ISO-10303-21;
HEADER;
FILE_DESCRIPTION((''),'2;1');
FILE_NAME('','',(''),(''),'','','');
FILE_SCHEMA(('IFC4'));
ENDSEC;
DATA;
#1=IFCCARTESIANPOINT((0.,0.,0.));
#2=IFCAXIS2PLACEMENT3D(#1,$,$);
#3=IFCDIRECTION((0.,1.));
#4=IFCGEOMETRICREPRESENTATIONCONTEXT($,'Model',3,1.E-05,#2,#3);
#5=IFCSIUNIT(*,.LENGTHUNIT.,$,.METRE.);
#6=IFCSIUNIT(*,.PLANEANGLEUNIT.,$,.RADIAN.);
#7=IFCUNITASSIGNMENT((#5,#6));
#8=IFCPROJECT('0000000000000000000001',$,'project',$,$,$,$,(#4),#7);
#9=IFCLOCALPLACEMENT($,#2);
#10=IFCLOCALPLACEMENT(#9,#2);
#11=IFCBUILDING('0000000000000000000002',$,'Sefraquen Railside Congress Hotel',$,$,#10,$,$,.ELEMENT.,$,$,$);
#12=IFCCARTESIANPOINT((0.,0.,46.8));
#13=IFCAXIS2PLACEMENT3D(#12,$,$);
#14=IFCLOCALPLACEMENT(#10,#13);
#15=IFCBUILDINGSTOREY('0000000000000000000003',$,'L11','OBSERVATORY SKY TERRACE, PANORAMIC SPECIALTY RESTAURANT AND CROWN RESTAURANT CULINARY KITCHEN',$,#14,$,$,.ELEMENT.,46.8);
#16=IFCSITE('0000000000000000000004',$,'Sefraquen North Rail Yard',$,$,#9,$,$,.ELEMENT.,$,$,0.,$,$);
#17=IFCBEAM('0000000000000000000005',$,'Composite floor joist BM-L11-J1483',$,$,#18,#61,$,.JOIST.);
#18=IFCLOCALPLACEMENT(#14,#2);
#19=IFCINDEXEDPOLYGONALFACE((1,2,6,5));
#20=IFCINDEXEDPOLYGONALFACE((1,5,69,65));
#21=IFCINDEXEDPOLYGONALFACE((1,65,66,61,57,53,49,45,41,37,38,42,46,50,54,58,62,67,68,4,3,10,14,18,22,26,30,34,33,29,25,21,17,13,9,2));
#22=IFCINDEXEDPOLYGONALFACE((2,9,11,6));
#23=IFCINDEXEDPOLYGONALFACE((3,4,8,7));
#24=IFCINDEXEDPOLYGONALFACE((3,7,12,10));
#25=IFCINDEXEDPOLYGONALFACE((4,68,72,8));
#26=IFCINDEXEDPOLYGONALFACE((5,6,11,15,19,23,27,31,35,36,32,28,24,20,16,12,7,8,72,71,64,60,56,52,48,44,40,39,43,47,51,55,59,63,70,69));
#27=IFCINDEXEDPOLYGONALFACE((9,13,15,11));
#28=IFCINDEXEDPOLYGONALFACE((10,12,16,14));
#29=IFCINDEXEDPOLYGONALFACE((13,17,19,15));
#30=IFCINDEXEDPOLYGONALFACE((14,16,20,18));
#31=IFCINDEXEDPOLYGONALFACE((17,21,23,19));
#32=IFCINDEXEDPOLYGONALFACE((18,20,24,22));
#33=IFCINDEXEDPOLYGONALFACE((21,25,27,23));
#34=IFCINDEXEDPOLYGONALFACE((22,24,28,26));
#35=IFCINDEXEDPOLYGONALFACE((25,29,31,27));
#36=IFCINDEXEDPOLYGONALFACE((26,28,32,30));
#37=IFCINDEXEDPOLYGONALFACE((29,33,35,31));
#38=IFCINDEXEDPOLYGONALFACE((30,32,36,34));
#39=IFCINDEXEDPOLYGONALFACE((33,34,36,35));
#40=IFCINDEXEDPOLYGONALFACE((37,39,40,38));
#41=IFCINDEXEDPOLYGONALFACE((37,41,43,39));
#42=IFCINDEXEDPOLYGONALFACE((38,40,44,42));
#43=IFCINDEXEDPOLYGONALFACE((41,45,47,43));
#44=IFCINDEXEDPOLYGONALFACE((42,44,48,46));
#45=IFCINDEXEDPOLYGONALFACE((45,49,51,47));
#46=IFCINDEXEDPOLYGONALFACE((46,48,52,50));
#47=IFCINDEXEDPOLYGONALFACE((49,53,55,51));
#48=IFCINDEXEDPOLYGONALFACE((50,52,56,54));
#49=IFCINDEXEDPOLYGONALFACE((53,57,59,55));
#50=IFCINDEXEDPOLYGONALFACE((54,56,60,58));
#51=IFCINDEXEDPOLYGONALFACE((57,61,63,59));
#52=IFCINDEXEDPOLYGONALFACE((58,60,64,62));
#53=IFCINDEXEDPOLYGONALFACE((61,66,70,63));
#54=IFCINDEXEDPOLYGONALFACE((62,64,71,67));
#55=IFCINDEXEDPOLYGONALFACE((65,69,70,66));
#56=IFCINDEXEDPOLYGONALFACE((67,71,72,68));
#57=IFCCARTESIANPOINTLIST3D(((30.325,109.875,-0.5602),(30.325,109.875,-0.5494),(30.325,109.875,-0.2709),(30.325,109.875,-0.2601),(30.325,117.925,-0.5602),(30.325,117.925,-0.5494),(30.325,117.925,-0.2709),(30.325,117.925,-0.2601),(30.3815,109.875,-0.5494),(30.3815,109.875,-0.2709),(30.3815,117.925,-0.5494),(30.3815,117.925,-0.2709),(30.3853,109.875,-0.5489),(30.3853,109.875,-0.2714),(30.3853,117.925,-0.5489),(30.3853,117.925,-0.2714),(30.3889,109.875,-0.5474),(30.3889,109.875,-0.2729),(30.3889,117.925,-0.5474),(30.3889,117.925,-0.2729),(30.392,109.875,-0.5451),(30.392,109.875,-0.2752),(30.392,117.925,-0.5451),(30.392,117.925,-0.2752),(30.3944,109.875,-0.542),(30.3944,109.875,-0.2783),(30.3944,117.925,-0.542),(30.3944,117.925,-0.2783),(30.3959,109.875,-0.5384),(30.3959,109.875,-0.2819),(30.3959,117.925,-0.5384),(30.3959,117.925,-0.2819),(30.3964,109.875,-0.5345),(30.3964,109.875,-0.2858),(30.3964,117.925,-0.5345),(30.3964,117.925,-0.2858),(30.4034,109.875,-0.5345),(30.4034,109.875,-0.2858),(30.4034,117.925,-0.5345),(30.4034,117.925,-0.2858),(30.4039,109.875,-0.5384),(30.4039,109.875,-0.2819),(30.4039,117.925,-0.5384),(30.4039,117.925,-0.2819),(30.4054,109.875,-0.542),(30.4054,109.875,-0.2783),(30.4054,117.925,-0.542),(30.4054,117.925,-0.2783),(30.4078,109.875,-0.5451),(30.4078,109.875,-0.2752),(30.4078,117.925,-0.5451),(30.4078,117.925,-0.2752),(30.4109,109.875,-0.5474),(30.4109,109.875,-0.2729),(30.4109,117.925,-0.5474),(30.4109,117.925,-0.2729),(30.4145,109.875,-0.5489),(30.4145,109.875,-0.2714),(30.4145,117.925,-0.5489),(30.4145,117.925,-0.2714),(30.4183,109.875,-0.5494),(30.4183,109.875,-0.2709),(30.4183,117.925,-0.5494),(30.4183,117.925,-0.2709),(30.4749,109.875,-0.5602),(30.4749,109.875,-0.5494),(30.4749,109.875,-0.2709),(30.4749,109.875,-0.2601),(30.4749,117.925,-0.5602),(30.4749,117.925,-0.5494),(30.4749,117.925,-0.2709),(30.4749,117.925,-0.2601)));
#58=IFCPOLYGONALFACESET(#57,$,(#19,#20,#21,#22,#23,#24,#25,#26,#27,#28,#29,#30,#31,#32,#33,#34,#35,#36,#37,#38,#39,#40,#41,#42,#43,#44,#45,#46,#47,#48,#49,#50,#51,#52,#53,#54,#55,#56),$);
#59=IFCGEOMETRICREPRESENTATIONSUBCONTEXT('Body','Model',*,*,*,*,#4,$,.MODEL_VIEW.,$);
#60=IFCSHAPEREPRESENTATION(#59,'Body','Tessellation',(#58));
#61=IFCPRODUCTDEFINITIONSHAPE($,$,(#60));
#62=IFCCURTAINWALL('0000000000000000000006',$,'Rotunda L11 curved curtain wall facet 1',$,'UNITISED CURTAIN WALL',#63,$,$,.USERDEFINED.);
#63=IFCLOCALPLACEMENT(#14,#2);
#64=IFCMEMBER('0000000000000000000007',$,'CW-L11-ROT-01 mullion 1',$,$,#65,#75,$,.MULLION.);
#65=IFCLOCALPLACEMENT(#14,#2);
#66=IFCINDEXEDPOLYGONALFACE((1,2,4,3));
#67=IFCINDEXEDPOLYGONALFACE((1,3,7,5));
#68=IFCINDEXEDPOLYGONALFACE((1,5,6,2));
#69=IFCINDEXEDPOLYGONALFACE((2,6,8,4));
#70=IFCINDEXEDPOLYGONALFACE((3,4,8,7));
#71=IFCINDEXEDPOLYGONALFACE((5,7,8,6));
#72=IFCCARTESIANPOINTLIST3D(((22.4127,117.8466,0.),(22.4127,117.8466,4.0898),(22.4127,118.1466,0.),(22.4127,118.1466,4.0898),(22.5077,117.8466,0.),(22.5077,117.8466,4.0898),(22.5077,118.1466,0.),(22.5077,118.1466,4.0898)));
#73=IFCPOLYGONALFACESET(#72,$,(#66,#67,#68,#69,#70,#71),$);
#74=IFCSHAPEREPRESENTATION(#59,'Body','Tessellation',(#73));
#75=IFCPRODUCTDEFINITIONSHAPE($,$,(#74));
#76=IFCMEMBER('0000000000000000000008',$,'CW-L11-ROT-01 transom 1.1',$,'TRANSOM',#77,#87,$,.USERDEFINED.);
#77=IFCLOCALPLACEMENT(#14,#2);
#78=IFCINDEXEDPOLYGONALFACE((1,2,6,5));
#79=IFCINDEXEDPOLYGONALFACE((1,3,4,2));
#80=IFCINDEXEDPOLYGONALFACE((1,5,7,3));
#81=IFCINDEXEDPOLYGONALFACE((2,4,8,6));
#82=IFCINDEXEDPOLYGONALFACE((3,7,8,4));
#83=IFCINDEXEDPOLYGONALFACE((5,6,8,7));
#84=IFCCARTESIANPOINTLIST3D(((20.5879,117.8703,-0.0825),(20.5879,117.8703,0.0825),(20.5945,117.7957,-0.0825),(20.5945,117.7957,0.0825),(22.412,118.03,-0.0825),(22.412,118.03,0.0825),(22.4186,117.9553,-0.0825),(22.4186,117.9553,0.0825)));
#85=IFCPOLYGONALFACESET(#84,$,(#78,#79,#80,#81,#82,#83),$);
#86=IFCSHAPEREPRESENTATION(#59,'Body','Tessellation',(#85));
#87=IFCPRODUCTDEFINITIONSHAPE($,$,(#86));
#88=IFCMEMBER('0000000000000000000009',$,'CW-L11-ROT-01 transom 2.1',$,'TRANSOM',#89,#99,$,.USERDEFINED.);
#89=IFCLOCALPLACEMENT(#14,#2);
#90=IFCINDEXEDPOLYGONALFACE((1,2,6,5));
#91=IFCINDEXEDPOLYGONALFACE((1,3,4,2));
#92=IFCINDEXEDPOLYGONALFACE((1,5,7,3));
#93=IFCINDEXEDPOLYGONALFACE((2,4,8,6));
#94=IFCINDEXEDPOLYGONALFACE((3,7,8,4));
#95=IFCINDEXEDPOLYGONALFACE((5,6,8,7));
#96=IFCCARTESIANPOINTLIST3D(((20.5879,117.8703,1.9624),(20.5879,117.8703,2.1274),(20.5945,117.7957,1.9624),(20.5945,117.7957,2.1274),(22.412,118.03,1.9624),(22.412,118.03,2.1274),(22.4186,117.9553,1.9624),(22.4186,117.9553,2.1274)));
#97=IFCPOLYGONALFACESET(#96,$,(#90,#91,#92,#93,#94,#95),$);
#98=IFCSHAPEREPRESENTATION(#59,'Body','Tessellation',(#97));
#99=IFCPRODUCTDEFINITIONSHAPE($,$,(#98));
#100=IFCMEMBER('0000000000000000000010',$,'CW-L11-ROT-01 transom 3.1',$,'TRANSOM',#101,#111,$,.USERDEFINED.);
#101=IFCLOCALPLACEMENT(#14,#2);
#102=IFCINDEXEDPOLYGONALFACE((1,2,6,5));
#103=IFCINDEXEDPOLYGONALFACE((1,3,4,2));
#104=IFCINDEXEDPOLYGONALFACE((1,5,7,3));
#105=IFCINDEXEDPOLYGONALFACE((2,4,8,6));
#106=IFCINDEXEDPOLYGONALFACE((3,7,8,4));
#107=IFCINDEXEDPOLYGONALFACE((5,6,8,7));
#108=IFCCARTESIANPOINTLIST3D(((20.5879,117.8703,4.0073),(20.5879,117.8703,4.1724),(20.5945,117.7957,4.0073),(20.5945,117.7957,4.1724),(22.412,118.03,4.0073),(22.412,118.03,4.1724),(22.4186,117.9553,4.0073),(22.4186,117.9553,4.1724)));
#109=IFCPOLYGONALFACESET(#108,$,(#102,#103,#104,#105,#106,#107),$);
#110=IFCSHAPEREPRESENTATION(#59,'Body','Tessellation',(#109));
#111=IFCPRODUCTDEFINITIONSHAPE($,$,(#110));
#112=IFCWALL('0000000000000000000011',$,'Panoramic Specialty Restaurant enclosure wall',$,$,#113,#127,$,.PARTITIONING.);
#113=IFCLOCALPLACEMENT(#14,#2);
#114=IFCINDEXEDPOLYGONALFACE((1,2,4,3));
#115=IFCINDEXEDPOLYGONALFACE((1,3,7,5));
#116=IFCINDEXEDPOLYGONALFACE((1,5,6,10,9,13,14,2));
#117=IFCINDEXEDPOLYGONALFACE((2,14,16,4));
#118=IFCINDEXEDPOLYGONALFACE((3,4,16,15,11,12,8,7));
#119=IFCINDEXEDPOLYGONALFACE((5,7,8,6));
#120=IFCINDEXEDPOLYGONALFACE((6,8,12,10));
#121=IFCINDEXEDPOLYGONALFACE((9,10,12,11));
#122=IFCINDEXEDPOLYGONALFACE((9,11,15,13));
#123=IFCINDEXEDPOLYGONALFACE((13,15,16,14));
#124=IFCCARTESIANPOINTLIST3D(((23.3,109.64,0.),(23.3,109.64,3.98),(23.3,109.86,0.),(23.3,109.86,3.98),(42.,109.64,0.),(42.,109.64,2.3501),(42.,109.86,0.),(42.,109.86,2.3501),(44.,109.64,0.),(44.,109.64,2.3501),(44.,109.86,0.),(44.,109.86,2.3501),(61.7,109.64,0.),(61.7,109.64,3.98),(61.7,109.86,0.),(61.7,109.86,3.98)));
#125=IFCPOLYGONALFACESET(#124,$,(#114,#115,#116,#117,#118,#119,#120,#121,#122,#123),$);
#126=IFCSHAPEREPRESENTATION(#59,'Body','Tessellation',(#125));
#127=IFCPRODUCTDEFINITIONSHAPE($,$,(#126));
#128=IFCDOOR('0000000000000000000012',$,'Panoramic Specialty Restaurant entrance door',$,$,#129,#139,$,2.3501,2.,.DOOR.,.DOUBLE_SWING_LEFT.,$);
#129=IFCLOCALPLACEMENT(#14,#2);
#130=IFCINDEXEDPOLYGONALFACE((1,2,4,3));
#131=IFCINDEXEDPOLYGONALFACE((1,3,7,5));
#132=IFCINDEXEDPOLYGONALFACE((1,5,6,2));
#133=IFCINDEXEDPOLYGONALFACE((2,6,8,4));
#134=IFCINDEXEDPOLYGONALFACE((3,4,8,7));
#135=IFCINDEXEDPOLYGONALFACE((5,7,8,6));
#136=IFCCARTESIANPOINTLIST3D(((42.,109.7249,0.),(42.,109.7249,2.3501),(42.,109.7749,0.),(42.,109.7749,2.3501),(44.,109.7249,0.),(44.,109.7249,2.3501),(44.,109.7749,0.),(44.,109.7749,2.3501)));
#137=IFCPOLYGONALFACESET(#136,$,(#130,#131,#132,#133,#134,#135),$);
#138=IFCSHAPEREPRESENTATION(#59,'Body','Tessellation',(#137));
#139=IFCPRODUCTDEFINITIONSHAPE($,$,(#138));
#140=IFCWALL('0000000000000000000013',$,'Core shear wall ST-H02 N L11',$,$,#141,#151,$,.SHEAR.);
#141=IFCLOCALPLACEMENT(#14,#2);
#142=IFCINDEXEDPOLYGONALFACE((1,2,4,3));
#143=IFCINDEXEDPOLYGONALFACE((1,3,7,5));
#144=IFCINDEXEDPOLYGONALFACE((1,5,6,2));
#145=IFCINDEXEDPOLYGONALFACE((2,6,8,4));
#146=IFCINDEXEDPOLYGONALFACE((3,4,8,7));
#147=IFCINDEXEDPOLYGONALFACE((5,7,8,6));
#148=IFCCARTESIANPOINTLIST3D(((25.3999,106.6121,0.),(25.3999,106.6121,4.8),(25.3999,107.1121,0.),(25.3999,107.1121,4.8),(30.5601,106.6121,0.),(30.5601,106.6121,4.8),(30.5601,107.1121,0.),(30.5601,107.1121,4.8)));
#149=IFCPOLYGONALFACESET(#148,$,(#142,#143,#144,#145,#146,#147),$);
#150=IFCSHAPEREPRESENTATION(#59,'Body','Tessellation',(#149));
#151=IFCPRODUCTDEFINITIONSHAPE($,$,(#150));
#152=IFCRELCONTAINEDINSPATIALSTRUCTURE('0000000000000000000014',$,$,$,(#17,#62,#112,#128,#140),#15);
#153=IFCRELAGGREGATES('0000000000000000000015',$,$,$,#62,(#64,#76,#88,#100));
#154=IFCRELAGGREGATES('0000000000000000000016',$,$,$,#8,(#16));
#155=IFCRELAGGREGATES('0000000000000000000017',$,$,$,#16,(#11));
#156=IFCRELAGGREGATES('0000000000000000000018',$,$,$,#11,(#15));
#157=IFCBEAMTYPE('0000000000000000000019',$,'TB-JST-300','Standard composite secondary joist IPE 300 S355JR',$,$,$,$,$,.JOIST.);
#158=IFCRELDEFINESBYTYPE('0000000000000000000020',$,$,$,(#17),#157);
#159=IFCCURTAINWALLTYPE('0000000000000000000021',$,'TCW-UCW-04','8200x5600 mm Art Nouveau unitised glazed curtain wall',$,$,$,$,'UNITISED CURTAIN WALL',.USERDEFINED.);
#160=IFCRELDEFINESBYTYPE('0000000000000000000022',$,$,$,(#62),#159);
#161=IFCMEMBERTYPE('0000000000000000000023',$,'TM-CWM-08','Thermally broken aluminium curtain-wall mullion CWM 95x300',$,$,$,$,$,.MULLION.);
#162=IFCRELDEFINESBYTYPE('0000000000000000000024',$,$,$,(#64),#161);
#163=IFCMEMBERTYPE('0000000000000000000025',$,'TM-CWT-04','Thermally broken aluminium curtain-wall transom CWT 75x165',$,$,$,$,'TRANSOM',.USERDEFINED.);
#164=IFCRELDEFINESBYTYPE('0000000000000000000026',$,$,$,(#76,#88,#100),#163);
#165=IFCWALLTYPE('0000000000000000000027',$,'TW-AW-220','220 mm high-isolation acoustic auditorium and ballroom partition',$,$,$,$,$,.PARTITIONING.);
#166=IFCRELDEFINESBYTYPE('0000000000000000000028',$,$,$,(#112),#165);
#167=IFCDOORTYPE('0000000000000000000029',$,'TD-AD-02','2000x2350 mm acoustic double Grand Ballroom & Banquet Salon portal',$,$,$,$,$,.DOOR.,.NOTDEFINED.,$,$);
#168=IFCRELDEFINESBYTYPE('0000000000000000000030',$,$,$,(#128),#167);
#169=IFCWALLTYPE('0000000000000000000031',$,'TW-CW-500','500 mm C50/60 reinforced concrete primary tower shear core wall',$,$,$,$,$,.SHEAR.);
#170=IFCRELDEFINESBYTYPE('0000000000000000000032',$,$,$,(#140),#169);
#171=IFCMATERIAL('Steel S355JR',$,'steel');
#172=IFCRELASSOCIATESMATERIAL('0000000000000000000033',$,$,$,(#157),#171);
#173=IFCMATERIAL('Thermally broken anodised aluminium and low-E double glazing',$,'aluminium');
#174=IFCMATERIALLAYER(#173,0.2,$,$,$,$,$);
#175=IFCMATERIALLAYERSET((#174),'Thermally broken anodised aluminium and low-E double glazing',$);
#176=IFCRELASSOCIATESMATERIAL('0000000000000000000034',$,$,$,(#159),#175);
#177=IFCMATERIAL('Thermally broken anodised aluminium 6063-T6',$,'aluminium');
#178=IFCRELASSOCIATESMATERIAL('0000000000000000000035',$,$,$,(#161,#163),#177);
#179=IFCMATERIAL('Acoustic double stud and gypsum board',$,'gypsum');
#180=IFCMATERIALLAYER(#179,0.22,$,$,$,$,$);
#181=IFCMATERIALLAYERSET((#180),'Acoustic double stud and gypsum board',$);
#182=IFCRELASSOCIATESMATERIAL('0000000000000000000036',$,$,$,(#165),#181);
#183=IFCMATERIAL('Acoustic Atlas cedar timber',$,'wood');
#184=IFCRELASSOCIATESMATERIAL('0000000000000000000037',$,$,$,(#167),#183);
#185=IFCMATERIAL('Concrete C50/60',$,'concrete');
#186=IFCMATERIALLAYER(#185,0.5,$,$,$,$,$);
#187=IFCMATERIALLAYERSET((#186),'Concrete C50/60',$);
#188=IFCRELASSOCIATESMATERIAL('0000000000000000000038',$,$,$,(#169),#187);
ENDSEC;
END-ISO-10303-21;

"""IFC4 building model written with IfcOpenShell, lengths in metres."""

from ifc_helpers import new_model, si_unit, direction, frame, frame_2d, origin, origin_2d, place, context, subcontext, project, spatial, rectangle, i_section, extrude, material, layer, layer_set, material_profile, profile_set, type_object, element, fill, aggregate, save


model = new_model("IFC4")

# Units and contexts
model_context = context("Model", 3, precision=1e-05, world=origin(), true_north=direction((0.0, 1.0)))
body_context = subcontext(model_context, "Body", "Model", "MODEL_VIEW")
ifc_project = project(units=[si_unit("LENGTHUNIT", "METRE"), si_unit("PLANEANGLEUNIT", "RADIAN")], contexts=[model_context])

# Site, building, storey
site_placement = place(None, origin())
site = spatial("IfcSite", under=ifc_project, at=site_placement, Name="Sefraquen North Rail Yard", CompositionType="ELEMENT", RefElevation=0.0)
building_placement = place(site_placement, origin())
building = spatial("IfcBuilding", under=site, at=building_placement, Name="Sefraquen Railside Congress Hotel", CompositionType="ELEMENT")
storey_placement = place(building_placement, frame((0.0, 0.0, 46.8)))
storey = spatial("IfcBuildingStorey", under=building, at=storey_placement, Name="L11", Description="OBSERVATORY SKY TERRACE, PANORAMIC SPECIALTY RESTAURANT AND CROWN RESTAURANT CULINARY KITCHEN", CompositionType="ELEMENT", Elevation=46.8)

# Shared definitions
ifc_material_1 = material(Name="Steel S355JR", Category="steel")

# Beam
ifc_material_profile_1 = material_profile(ifc_material_1, i_section(OverallWidth=0.1499, OverallDepth=0.3, WebThickness=0.0071, FlangeThickness=0.0107, FilletRadius=0.0149, at=origin_2d()), Name="IPE 300")
ifc_profile_set_1 = profile_set([ifc_material_profile_1], Name="Steel S355JR")
beam_type_1 = type_object("IfcBeamType", Name="TB-JST-300", Description="Standard composite secondary joist IPE 300 S355JR", PredefinedType="JOIST", material=ifc_profile_set_1)
for number, where, z_axis, x_axis, name in (
    (1, (30.3999, 109.875, -0.4102), (0.0, 1.0, 0.0), (-1.0, 0.0, 0.0), "Composite floor joist BM-L11-J1483"),
):
    element("IfcBeam", number, at=place(storey_placement, frame(where, z_axis=z_axis, x_axis=x_axis)), inside=storey, type_object=beam_type_1, Name=name, PredefinedType="JOIST", context=body_context, shape_type="SweptSolid", body=[
        extrude(i_section(OverallWidth=0.1499, OverallDepth=0.3, WebThickness=0.0071, FlangeThickness=0.0107, FilletRadius=0.0149, at=origin_2d()), origin(), (0.0, 0.0, 1.0), 8.05),
    ])

# Curtain wall, members
ifc_material_2 = material(Name="Thermally broken anodised aluminium and low-E double glazing", Category="aluminium")
ifc_layer_1 = layer(ifc_material_2, 0.2)
ifc_layer_set_1 = layer_set([ifc_layer_1], Name="Thermally broken anodised aluminium and low-E double glazing")
curtain_wall_type = type_object("IfcCurtainWallType", Name="TCW-UCW-04", Description="8200x5600 mm Art Nouveau unitised glazed curtain wall", ElementType="UNITISED CURTAIN WALL", PredefinedType="USERDEFINED", material=ifc_layer_set_1)
curtain_wall_placement = place(storey_placement, origin())
curtain_wall = element("IfcCurtainWall", 2, at=curtain_wall_placement, inside=storey, type_object=curtain_wall_type, Name="Rotunda L11 curved curtain wall facet 1", ObjectType="UNITISED CURTAIN WALL", PredefinedType="USERDEFINED")
ifc_material_3 = material(Name="Thermally broken anodised aluminium 6063-T6", Category="aluminium")
ifc_material_profile_2 = material_profile(ifc_material_3, rectangle(XDim=0.095, YDim=0.3, at=origin_2d()), Name="CWM 95x300")
ifc_profile_set_2 = profile_set([ifc_material_profile_2], Name="Thermally broken anodised aluminium 6063-T6")
member_type_1 = type_object("IfcMemberType", Name="TM-CWM-08", Description="Thermally broken aluminium curtain-wall mullion CWM 95x300", PredefinedType="MULLION", material=ifc_profile_set_2)
member_1_placement = place(storey_placement, frame((22.4602, 117.9966, 0.0), z_axis=(0.0, 0.0, 1.0), x_axis=(1.0, 0.0, 0.0)))
member_1 = element("IfcMember", 3, at=member_1_placement, type_object=member_type_1, Name="CW-L11-ROT-01 mullion 1", PredefinedType="MULLION", context=body_context, shape_type="SweptSolid", body=[
    extrude(rectangle(XDim=0.095, YDim=0.3, at=origin_2d()), origin(), (0.0, 0.0, 1.0), 4.0898),
])
ifc_material_profile_3 = material_profile(ifc_material_3, rectangle(XDim=0.075, YDim=0.165, at=origin_2d()), Name="CWT 75x165")
ifc_profile_set_3 = profile_set([ifc_material_profile_3], Name="Thermally broken anodised aluminium 6063-T6")
member_type_2 = type_object("IfcMemberType", Name="TM-CWT-04", Description="Thermally broken aluminium curtain-wall transom CWT 75x165", ElementType="TRANSOM", PredefinedType="USERDEFINED", material=ifc_profile_set_3)
member_2_placement = place(storey_placement, frame((22.4153, 117.9927, 0.0), z_axis=(-0.99619, -0.087205, 0.0), x_axis=(0.087205, -0.99619, 0.0)))
member_2 = element("IfcMember", 4, at=member_2_placement, type_object=member_type_2, Name="CW-L11-ROT-01 transom 1.1", ObjectType="TRANSOM", PredefinedType="USERDEFINED", context=body_context, shape_type="SweptSolid", body=[
    extrude(rectangle(XDim=0.075, YDim=0.165, at=origin_2d()), origin(), (0.0, 0.0, 1.0), 1.8311),
])
member_3_placement = place(storey_placement, frame((22.4153, 117.9927, 2.0449), z_axis=(-0.99619, -0.087205, 0.0), x_axis=(0.087205, -0.99619, 0.0)))
member_3 = element("IfcMember", 5, at=member_3_placement, type_object=member_type_2, Name="CW-L11-ROT-01 transom 2.1", ObjectType="TRANSOM", PredefinedType="USERDEFINED", context=body_context, shape_type="SweptSolid", body=[
    extrude(rectangle(XDim=0.075, YDim=0.165, at=origin_2d()), origin(), (0.0, 0.0, 1.0), 1.8311),
])
member_4_placement = place(storey_placement, frame((22.4153, 117.9927, 4.0898), z_axis=(-0.99619, -0.087205, 0.0), x_axis=(0.087205, -0.99619, 0.0)))
member_4 = element("IfcMember", 6, at=member_4_placement, type_object=member_type_2, Name="CW-L11-ROT-01 transom 3.1", ObjectType="TRANSOM", PredefinedType="USERDEFINED", context=body_context, shape_type="SweptSolid", body=[
    extrude(rectangle(XDim=0.075, YDim=0.165, at=origin_2d()), origin(), (0.0, 0.0, 1.0), 1.8311),
])
aggregate(curtain_wall, [member_1, member_2, member_3, member_4])

# Wall, opening, door
ifc_material_4 = material(Name="Acoustic double stud and gypsum board", Category="gypsum")
ifc_layer_2 = layer(ifc_material_4, 0.22)
ifc_layer_set_2 = layer_set([ifc_layer_2], Name="Acoustic double stud and gypsum board")
wall_type_1 = type_object("IfcWallType", Name="TW-AW-220", Description="220 mm high-isolation acoustic auditorium and ballroom partition", PredefinedType="PARTITIONING", material=ifc_layer_set_2)
wall_1_placement = place(storey_placement, frame((23.3, 109.75, 0.0), z_axis=(0.0, 0.0, 1.0), x_axis=(1.0, 0.0, 0.0)))
wall_1 = element("IfcWall", 7, at=wall_1_placement, inside=storey, type_object=wall_type_1, Name="Panoramic Specialty Restaurant enclosure wall", PredefinedType="PARTITIONING", context=body_context, shape_type="SweptSolid", body=[
    extrude(rectangle(XDim=38.3999, YDim=0.22, at=frame_2d((19.2, 0.0))), origin(), (0.0, 0.0, 1.0), 3.98),
])
opening_1_placement = place(wall_1_placement, frame((18.7, 0.0, 0.0)))
opening_1 = element("IfcOpeningElement", 8, at=opening_1_placement, cuts=wall_1, PredefinedType="OPENING", context=body_context, shape_type="SweptSolid", body=[
    extrude(rectangle(XDim=2.0, YDim=2.3501, at=frame_2d((1.0, 1.175))), frame((0.0, 0.1199, 0.0), z_axis=(0.0, -1.0, 0.0), x_axis=(1.0, 0.0, 0.0)), (0.0, 0.0, 1.0), 0.24),
])
ifc_material_5 = material(Name="Acoustic Atlas cedar timber", Category="wood")
door_type_1 = type_object("IfcDoorType", Name="TD-AD-02", Description="2000x2350 mm acoustic double Grand Ballroom & Banquet Salon portal", OperationType="NOTDEFINED", PredefinedType="DOOR", material=ifc_material_5)
door_1_placement = place(opening_1_placement, origin())
door_1 = element("IfcDoor", 9, at=door_1_placement, inside=storey, type_object=door_type_1, Name="Panoramic Specialty Restaurant entrance door", OperationType="DOUBLE_SWING_LEFT", OverallHeight=2.3501, OverallWidth=2.0, PredefinedType="DOOR", context=body_context, shape_type="SweptSolid", body=[
    extrude(rectangle(XDim=2.0, YDim=2.3501, at=frame_2d((1.0, 1.175))), frame((0.0, 0.0249, 0.0), z_axis=(0.0, -1.0, 0.0), x_axis=(1.0, 0.0, 0.0)), (0.0, 0.0, 1.0), 0.05),
])
fill(opening_1, door_1)

# Wall
ifc_material_6 = material(Name="Concrete C50/60", Category="concrete")
ifc_layer_3 = layer(ifc_material_6, 0.5)
ifc_layer_set_3 = layer_set([ifc_layer_3], Name="Concrete C50/60")
wall_type_2 = type_object("IfcWallType", Name="TW-CW-500", Description="500 mm C50/60 reinforced concrete primary tower shear core wall", PredefinedType="SHEAR", material=ifc_layer_set_3)
wall_2_placement = place(storey_placement, frame((25.3999, 106.8621, 0.0), z_axis=(0.0, 0.0, 1.0), x_axis=(1.0, 0.0, 0.0)))
element("IfcWall", 10, at=wall_2_placement, inside=storey, type_object=wall_type_2, Name="Core shear wall ST-H02 N L11", PredefinedType="SHEAR", context=body_context, shape_type="SweptSolid", body=[
    extrude(rectangle(XDim=5.1602, YDim=0.5, at=frame_2d((2.5801, 0.0))), origin(), (0.0, 0.0, 1.0), 4.8),
])

save(model, "model.ifc")
